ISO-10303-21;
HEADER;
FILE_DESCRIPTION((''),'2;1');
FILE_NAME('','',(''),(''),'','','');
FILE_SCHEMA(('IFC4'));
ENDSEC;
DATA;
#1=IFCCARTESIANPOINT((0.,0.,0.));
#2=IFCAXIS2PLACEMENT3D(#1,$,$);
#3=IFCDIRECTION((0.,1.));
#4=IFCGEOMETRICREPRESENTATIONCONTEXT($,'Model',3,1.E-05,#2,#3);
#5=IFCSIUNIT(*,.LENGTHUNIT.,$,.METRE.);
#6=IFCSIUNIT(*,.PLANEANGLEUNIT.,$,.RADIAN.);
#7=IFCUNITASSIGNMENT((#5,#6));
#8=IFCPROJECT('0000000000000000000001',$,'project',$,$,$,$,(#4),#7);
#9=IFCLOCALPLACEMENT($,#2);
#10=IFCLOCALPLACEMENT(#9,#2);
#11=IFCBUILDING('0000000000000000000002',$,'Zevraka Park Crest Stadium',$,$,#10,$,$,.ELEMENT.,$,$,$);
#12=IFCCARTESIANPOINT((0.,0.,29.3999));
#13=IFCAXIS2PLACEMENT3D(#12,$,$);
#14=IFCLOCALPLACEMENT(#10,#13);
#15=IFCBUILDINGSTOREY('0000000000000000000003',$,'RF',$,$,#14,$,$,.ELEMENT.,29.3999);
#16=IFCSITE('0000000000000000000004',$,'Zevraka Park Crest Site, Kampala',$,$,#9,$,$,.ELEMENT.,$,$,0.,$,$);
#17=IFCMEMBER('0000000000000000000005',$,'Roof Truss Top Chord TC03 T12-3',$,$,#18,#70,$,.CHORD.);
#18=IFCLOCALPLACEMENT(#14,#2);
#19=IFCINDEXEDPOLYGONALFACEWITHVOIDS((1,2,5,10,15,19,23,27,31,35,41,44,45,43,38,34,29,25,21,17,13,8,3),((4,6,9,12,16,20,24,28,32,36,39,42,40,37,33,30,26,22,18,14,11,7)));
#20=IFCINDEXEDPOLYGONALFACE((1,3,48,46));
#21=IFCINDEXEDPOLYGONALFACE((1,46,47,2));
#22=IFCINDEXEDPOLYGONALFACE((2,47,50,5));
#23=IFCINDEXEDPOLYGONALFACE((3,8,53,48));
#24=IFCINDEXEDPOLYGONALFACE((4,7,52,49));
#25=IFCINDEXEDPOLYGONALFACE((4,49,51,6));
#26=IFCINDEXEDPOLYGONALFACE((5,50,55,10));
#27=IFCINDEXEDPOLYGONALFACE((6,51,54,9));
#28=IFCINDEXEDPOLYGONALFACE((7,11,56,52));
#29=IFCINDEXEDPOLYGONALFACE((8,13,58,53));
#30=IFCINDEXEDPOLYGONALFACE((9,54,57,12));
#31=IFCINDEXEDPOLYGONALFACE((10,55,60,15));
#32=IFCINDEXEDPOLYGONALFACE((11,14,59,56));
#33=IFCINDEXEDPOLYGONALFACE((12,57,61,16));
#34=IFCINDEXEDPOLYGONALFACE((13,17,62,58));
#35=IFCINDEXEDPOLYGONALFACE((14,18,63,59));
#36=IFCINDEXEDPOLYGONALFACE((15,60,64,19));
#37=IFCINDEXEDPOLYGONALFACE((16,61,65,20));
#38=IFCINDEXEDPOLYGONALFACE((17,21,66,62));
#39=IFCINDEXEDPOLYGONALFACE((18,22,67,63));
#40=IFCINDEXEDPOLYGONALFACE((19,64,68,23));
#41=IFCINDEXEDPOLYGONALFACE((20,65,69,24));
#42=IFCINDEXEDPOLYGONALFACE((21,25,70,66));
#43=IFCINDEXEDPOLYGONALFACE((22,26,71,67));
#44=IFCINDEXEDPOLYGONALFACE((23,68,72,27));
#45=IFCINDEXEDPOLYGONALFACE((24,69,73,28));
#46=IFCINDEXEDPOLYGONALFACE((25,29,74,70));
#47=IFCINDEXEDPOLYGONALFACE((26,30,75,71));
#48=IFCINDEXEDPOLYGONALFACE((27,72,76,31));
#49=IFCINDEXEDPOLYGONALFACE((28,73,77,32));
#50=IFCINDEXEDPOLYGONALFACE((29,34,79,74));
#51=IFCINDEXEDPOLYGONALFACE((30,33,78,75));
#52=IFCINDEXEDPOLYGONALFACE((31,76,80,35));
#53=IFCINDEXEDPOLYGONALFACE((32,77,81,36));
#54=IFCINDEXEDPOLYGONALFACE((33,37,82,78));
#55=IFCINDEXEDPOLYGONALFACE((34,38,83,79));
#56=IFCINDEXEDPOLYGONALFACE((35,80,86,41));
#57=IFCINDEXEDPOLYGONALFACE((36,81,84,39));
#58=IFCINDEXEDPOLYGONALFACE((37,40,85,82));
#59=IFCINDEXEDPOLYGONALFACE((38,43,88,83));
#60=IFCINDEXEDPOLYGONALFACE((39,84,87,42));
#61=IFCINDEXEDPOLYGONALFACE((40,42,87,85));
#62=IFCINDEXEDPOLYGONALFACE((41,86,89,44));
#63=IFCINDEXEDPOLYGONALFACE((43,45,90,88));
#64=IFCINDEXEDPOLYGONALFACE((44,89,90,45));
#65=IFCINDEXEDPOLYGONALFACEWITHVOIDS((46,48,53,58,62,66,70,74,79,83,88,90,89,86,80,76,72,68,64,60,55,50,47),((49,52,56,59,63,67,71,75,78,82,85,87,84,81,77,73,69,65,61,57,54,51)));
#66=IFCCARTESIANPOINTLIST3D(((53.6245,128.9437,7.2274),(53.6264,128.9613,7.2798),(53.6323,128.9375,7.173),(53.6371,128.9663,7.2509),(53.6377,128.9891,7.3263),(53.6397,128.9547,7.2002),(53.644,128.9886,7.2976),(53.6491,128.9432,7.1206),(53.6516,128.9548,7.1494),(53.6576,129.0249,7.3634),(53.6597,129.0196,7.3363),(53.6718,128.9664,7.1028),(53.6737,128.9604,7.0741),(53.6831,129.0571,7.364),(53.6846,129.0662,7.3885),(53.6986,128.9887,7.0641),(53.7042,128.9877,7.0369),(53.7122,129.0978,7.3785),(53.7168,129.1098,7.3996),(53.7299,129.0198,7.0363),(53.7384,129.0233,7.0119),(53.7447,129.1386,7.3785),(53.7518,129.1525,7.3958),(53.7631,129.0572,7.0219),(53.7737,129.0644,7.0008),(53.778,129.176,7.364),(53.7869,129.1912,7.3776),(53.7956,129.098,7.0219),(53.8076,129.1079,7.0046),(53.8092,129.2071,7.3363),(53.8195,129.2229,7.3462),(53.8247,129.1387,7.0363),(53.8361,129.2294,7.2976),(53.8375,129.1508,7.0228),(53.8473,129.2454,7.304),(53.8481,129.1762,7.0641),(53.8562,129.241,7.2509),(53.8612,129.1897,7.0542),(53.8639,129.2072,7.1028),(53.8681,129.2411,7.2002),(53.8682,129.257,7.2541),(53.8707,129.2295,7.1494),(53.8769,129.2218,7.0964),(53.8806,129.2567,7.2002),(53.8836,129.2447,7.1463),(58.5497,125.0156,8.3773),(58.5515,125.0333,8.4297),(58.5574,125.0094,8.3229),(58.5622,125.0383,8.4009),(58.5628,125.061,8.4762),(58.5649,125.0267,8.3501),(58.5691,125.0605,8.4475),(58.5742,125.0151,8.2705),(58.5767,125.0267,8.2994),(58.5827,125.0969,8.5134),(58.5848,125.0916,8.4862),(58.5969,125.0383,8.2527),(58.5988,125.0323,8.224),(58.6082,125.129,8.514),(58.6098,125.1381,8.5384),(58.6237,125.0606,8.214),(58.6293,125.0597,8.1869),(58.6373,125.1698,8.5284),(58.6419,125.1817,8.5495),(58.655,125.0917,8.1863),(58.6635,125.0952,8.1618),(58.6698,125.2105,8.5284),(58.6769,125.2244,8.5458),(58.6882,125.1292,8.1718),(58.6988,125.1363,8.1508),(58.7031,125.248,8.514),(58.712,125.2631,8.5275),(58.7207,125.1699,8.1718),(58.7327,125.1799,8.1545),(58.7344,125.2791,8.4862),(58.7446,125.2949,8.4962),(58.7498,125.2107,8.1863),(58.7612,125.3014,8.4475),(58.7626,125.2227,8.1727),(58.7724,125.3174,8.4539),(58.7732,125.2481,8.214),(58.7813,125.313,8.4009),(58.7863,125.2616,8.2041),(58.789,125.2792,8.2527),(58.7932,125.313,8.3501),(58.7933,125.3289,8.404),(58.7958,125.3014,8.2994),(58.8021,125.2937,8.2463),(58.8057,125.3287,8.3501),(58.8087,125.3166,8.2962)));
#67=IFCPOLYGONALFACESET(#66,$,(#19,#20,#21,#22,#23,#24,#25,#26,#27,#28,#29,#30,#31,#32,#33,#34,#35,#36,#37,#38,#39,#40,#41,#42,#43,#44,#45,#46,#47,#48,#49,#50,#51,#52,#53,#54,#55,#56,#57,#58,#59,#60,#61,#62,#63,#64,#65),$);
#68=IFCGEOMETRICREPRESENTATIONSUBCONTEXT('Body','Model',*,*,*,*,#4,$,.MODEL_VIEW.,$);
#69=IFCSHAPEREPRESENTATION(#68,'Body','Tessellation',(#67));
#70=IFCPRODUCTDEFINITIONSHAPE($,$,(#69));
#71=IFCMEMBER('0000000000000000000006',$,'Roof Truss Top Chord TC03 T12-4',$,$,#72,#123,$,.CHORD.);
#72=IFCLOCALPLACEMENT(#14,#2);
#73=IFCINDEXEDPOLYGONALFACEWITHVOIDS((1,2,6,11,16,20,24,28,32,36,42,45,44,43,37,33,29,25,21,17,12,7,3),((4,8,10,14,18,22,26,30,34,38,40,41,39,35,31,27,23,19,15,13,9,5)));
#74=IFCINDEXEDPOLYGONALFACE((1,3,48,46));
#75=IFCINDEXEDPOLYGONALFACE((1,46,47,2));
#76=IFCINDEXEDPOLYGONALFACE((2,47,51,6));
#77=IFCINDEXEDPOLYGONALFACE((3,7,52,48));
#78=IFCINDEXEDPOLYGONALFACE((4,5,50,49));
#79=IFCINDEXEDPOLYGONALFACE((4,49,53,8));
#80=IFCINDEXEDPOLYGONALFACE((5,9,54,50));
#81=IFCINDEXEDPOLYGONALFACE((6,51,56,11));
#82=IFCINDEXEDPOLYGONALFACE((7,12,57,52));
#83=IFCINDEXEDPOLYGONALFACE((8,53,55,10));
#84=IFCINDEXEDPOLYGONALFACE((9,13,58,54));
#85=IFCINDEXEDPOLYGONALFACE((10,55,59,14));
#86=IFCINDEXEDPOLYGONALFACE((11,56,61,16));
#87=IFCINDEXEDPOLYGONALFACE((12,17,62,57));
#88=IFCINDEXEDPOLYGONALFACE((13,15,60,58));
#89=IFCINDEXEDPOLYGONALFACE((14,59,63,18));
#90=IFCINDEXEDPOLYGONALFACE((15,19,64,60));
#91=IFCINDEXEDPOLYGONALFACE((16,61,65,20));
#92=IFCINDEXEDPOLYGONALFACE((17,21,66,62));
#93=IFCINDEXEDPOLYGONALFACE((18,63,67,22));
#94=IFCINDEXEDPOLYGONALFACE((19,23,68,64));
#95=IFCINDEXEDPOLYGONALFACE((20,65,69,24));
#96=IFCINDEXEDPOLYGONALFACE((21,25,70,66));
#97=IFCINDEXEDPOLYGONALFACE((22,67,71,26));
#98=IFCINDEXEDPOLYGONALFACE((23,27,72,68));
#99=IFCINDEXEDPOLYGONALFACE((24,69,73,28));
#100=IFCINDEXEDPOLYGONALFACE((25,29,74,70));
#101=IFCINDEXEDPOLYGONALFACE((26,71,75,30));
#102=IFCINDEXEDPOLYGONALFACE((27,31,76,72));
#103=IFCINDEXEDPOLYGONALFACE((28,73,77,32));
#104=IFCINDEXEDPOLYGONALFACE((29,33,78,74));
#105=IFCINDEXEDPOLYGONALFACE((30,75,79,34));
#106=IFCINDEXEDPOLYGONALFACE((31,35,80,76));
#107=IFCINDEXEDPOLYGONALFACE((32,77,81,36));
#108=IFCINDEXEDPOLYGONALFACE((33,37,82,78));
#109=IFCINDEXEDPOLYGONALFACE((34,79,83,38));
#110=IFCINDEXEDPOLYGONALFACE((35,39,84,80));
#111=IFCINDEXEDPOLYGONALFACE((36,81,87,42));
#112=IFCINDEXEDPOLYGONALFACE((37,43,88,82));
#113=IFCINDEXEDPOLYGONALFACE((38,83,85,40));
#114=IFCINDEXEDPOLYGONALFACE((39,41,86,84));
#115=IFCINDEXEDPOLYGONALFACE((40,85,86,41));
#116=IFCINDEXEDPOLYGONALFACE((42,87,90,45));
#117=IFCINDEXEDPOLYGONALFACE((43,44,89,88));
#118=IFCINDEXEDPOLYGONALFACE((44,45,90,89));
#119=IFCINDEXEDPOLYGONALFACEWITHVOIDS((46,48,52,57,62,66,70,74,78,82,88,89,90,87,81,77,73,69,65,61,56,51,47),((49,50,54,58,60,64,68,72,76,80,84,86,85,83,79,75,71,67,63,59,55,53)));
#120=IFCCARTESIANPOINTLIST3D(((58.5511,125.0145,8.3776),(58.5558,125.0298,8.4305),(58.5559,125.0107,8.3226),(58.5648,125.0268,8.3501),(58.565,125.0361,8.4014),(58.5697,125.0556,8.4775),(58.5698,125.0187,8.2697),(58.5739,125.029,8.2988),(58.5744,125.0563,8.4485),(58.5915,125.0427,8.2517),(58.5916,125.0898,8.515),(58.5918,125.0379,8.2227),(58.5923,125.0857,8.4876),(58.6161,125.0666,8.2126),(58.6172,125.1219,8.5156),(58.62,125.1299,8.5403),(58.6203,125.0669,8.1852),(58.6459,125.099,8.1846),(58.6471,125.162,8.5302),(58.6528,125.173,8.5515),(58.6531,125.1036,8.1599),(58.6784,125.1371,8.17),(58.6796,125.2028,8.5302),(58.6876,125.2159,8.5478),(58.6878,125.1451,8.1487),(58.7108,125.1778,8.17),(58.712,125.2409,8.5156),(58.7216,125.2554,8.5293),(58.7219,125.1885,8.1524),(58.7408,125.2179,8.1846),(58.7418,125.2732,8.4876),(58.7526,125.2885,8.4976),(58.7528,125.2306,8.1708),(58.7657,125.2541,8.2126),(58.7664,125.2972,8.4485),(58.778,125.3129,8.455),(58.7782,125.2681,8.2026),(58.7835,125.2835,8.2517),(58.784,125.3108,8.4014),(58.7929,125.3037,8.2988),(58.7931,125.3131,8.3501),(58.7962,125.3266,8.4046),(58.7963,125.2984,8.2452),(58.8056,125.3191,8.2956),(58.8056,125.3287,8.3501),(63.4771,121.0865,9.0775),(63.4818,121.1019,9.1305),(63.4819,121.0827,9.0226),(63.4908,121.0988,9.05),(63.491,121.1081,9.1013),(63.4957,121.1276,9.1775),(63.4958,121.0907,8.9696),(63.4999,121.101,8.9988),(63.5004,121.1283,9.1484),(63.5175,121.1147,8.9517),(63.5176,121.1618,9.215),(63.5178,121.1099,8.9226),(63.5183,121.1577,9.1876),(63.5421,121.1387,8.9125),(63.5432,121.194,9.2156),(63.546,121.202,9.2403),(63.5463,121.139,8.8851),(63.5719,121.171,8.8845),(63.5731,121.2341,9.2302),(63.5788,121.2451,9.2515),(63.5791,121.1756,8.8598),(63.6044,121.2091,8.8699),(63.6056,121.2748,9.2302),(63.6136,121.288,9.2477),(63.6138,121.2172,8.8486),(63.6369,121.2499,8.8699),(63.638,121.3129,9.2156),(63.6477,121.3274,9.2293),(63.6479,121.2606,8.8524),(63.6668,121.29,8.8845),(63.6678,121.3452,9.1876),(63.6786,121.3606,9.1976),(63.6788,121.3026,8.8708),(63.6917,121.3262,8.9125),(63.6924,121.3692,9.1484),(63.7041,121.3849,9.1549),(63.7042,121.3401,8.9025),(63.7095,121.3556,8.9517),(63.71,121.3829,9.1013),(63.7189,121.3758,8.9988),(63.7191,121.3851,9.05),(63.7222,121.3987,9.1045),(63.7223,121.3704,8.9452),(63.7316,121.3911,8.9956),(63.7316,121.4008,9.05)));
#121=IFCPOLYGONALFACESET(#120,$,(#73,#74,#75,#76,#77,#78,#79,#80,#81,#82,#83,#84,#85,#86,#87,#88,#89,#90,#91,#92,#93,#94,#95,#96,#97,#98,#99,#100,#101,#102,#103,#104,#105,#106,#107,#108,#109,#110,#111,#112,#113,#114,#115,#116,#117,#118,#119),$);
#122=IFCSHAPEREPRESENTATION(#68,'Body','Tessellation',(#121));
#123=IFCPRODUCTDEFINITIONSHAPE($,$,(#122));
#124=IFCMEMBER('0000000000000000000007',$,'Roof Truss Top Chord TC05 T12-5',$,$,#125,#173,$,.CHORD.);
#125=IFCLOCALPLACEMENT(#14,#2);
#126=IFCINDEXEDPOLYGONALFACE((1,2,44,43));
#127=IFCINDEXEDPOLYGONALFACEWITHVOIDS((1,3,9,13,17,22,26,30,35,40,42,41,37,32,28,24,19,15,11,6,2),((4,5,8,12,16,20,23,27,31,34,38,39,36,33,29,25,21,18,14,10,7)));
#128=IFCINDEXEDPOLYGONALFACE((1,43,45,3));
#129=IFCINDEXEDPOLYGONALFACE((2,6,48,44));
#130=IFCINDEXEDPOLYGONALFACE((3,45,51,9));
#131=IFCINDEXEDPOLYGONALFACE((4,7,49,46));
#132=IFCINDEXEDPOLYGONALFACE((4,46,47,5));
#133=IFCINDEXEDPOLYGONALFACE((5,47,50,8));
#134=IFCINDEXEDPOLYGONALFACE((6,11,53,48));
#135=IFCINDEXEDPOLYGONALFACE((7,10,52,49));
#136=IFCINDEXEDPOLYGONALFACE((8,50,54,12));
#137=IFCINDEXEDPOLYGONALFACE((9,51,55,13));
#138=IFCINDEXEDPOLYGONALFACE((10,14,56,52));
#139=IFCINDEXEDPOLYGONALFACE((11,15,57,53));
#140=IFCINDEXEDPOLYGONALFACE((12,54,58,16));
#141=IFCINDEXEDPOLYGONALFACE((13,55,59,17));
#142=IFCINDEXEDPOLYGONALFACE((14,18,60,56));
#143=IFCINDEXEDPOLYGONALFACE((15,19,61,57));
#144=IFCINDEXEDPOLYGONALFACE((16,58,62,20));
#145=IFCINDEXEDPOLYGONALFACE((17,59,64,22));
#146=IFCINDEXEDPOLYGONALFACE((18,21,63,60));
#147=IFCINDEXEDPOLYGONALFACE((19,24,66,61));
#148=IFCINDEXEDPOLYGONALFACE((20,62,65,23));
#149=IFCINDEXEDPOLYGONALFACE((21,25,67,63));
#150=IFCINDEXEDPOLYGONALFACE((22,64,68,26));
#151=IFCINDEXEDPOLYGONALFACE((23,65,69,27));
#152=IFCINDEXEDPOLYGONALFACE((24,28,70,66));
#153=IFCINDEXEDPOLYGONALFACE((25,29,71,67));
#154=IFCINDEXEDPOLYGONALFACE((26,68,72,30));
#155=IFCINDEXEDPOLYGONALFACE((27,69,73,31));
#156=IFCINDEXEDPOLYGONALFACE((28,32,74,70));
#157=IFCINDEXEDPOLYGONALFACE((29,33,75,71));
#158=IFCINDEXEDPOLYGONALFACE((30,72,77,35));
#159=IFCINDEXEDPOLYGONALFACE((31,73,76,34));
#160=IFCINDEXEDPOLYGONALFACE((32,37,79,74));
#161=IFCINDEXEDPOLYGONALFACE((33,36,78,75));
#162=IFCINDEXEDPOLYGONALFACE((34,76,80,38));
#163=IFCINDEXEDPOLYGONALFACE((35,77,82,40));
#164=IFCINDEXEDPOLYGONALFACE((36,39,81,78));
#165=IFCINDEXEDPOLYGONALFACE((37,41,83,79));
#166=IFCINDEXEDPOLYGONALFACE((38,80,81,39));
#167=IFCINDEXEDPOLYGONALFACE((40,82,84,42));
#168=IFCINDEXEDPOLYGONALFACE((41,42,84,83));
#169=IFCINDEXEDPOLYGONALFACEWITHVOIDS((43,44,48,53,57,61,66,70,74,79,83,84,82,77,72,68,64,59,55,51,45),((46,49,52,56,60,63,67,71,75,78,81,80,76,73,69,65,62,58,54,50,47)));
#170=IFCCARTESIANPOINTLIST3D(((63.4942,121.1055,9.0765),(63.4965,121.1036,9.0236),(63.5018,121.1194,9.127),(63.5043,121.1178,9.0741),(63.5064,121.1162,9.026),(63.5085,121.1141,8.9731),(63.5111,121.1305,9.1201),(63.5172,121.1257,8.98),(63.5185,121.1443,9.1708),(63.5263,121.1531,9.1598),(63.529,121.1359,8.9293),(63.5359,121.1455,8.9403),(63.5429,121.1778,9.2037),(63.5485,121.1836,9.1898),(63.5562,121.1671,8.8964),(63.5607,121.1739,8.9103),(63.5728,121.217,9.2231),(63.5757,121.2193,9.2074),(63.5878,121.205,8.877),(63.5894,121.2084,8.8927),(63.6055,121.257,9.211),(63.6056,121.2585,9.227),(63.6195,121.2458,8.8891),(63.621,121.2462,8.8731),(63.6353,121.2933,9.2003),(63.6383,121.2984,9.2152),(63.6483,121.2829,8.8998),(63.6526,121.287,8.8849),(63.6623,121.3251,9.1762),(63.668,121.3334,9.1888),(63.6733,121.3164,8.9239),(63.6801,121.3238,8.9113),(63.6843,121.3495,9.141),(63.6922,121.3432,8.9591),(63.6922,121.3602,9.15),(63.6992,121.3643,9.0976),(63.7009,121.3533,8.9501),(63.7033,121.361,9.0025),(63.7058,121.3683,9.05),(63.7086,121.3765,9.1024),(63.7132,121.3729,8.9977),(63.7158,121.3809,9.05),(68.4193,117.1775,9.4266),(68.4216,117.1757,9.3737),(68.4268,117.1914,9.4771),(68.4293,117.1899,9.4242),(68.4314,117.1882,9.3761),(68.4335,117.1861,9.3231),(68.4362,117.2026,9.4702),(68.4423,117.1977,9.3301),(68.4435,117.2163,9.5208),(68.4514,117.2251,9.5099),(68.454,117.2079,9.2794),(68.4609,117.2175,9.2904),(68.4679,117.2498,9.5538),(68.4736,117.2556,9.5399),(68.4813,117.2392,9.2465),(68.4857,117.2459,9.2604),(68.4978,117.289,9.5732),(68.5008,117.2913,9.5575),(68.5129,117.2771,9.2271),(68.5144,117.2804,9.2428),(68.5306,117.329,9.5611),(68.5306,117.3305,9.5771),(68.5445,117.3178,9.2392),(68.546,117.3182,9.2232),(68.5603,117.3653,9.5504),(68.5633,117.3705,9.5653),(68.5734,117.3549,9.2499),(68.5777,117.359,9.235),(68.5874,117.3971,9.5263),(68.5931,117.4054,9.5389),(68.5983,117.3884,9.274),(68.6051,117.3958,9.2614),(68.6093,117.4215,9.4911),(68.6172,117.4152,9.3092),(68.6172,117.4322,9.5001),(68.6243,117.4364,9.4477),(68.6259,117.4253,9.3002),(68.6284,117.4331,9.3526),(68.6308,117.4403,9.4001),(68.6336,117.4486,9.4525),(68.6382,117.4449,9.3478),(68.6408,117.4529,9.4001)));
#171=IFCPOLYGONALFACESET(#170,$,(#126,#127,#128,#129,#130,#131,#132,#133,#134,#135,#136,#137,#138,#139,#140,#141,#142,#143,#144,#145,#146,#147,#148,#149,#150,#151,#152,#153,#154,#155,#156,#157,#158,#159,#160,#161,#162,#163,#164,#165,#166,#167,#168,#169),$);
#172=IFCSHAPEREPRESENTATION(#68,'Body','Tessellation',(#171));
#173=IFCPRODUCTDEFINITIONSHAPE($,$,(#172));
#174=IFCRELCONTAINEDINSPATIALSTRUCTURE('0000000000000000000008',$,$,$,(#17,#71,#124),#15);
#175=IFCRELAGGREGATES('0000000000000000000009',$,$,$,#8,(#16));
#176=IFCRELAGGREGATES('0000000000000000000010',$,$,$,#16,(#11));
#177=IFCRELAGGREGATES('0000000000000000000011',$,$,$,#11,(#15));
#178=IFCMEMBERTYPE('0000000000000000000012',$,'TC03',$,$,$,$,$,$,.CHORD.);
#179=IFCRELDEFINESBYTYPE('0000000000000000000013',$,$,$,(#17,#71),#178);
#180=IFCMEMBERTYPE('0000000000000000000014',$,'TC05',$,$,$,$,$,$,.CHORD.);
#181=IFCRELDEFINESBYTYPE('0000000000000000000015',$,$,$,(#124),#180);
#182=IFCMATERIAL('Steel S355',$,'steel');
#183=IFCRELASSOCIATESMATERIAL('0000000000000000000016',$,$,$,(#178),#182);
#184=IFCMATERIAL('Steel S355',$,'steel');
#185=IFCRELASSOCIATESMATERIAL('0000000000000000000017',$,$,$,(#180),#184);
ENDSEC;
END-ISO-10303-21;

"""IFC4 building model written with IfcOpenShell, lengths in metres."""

from ifc_helpers import new_model, si_unit, direction, frame, origin, origin_2d, place, context, subcontext, project, spatial, hollow_circle, extrude, material, material_profile, profile_set, type_object, element, save


model = new_model("IFC4")

# Units and contexts
model_context = context("Model", 3, precision=1e-05, world=origin(), true_north=direction((0.0, 1.0)))
body_context = subcontext(model_context, "Body", "Model", "MODEL_VIEW")
ifc_project = project(units=[si_unit("LENGTHUNIT", "METRE"), si_unit("PLANEANGLEUNIT", "RADIAN")], contexts=[model_context])

# Site, building, storey
site_placement = place(None, origin())
site = spatial("IfcSite", under=ifc_project, at=site_placement, Name="Zevraka Park Crest Site, Kampala", CompositionType="ELEMENT", RefElevation=0.0)
building_placement = place(site_placement, origin())
building = spatial("IfcBuilding", under=site, at=building_placement, Name="Zevraka Park Crest Stadium", CompositionType="ELEMENT")
storey_placement = place(building_placement, frame((0.0, 0.0, 29.3999)))
storey = spatial("IfcBuildingStorey", under=building, at=storey_placement, Name="RF", CompositionType="ELEMENT", Elevation=29.3999)

# Members
ifc_material_1 = material(Name="Steel S355", Category="steel")
ifc_material_profile_1 = material_profile(ifc_material_1, hollow_circle(Radius=0.2031, WallThickness=0.02, at=origin_2d()), Name="CHS 406.4x20")
ifc_profile_set_1 = profile_set([ifc_material_profile_1], Name="Steel S355")
member_type_1 = type_object("IfcMemberType", Name="TC03", PredefinedType="CHORD", material=ifc_profile_set_1)
member_1_placement = place(storey_placement, frame((53.7539, 129.0979, 7.2002), z_axis=(0.769094, -0.613392, 0.179568), x_axis=(0.623527, 0.781802, 0.0)))
element("IfcMember", 1, at=member_1_placement, inside=storey, type_object=member_type_1, Name="Roof Truss Top Chord TC03 T12-3", PredefinedType="CHORD", context=body_context, shape_type="SweptSolid", body=[
    extrude(hollow_circle(Radius=0.2031, WallThickness=0.02, at=origin_2d()), origin(), (0.0, 0.0, 1.0), 6.4038),
])
member_2_placement = place(storey_placement, frame((58.679, 125.1699, 8.3501), z_axis=(0.777081, -0.619639, 0.110417), x_axis=(0.623451, 0.781862, 0.0)))
element("IfcMember", 2, at=member_2_placement, inside=storey, type_object=member_type_1, Name="Roof Truss Top Chord TC03 T12-4", PredefinedType="CHORD", context=body_context, shape_type="SweptSolid", body=[
    extrude(hollow_circle(Radius=0.2031, WallThickness=0.02, at=origin_2d()), origin(), (0.0, 0.0, 1.0), 6.3391),
])
ifc_material_2 = material(Name="Steel S355", Category="steel")
ifc_material_profile_2 = material_profile(ifc_material_2, hollow_circle(Radius=0.1777, WallThickness=0.0161, at=origin_2d()), Name="CHS 355.6x16")
ifc_profile_set_2 = profile_set([ifc_material_profile_2], Name="Steel S355")
member_type_2 = type_object("IfcMemberType", Name="TC05", PredefinedType="CHORD", material=ifc_profile_set_2)
member_3_placement = place(storey_placement, frame((63.605, 121.2419, 9.05), z_axis=(0.780597, -0.622566, 0.055489), x_axis=(0.623527, 0.781802, 0.0)))
element("IfcMember", 3, at=member_3_placement, inside=storey, type_object=member_type_2, Name="Roof Truss Top Chord TC05 T12-5", PredefinedType="CHORD", context=body_context, shape_type="SweptSolid", body=[
    extrude(hollow_circle(Radius=0.1777, WallThickness=0.0161, at=origin_2d()), origin(), (0.0, 0.0, 1.0), 6.3093),
])

save(model, "model.ifc")
